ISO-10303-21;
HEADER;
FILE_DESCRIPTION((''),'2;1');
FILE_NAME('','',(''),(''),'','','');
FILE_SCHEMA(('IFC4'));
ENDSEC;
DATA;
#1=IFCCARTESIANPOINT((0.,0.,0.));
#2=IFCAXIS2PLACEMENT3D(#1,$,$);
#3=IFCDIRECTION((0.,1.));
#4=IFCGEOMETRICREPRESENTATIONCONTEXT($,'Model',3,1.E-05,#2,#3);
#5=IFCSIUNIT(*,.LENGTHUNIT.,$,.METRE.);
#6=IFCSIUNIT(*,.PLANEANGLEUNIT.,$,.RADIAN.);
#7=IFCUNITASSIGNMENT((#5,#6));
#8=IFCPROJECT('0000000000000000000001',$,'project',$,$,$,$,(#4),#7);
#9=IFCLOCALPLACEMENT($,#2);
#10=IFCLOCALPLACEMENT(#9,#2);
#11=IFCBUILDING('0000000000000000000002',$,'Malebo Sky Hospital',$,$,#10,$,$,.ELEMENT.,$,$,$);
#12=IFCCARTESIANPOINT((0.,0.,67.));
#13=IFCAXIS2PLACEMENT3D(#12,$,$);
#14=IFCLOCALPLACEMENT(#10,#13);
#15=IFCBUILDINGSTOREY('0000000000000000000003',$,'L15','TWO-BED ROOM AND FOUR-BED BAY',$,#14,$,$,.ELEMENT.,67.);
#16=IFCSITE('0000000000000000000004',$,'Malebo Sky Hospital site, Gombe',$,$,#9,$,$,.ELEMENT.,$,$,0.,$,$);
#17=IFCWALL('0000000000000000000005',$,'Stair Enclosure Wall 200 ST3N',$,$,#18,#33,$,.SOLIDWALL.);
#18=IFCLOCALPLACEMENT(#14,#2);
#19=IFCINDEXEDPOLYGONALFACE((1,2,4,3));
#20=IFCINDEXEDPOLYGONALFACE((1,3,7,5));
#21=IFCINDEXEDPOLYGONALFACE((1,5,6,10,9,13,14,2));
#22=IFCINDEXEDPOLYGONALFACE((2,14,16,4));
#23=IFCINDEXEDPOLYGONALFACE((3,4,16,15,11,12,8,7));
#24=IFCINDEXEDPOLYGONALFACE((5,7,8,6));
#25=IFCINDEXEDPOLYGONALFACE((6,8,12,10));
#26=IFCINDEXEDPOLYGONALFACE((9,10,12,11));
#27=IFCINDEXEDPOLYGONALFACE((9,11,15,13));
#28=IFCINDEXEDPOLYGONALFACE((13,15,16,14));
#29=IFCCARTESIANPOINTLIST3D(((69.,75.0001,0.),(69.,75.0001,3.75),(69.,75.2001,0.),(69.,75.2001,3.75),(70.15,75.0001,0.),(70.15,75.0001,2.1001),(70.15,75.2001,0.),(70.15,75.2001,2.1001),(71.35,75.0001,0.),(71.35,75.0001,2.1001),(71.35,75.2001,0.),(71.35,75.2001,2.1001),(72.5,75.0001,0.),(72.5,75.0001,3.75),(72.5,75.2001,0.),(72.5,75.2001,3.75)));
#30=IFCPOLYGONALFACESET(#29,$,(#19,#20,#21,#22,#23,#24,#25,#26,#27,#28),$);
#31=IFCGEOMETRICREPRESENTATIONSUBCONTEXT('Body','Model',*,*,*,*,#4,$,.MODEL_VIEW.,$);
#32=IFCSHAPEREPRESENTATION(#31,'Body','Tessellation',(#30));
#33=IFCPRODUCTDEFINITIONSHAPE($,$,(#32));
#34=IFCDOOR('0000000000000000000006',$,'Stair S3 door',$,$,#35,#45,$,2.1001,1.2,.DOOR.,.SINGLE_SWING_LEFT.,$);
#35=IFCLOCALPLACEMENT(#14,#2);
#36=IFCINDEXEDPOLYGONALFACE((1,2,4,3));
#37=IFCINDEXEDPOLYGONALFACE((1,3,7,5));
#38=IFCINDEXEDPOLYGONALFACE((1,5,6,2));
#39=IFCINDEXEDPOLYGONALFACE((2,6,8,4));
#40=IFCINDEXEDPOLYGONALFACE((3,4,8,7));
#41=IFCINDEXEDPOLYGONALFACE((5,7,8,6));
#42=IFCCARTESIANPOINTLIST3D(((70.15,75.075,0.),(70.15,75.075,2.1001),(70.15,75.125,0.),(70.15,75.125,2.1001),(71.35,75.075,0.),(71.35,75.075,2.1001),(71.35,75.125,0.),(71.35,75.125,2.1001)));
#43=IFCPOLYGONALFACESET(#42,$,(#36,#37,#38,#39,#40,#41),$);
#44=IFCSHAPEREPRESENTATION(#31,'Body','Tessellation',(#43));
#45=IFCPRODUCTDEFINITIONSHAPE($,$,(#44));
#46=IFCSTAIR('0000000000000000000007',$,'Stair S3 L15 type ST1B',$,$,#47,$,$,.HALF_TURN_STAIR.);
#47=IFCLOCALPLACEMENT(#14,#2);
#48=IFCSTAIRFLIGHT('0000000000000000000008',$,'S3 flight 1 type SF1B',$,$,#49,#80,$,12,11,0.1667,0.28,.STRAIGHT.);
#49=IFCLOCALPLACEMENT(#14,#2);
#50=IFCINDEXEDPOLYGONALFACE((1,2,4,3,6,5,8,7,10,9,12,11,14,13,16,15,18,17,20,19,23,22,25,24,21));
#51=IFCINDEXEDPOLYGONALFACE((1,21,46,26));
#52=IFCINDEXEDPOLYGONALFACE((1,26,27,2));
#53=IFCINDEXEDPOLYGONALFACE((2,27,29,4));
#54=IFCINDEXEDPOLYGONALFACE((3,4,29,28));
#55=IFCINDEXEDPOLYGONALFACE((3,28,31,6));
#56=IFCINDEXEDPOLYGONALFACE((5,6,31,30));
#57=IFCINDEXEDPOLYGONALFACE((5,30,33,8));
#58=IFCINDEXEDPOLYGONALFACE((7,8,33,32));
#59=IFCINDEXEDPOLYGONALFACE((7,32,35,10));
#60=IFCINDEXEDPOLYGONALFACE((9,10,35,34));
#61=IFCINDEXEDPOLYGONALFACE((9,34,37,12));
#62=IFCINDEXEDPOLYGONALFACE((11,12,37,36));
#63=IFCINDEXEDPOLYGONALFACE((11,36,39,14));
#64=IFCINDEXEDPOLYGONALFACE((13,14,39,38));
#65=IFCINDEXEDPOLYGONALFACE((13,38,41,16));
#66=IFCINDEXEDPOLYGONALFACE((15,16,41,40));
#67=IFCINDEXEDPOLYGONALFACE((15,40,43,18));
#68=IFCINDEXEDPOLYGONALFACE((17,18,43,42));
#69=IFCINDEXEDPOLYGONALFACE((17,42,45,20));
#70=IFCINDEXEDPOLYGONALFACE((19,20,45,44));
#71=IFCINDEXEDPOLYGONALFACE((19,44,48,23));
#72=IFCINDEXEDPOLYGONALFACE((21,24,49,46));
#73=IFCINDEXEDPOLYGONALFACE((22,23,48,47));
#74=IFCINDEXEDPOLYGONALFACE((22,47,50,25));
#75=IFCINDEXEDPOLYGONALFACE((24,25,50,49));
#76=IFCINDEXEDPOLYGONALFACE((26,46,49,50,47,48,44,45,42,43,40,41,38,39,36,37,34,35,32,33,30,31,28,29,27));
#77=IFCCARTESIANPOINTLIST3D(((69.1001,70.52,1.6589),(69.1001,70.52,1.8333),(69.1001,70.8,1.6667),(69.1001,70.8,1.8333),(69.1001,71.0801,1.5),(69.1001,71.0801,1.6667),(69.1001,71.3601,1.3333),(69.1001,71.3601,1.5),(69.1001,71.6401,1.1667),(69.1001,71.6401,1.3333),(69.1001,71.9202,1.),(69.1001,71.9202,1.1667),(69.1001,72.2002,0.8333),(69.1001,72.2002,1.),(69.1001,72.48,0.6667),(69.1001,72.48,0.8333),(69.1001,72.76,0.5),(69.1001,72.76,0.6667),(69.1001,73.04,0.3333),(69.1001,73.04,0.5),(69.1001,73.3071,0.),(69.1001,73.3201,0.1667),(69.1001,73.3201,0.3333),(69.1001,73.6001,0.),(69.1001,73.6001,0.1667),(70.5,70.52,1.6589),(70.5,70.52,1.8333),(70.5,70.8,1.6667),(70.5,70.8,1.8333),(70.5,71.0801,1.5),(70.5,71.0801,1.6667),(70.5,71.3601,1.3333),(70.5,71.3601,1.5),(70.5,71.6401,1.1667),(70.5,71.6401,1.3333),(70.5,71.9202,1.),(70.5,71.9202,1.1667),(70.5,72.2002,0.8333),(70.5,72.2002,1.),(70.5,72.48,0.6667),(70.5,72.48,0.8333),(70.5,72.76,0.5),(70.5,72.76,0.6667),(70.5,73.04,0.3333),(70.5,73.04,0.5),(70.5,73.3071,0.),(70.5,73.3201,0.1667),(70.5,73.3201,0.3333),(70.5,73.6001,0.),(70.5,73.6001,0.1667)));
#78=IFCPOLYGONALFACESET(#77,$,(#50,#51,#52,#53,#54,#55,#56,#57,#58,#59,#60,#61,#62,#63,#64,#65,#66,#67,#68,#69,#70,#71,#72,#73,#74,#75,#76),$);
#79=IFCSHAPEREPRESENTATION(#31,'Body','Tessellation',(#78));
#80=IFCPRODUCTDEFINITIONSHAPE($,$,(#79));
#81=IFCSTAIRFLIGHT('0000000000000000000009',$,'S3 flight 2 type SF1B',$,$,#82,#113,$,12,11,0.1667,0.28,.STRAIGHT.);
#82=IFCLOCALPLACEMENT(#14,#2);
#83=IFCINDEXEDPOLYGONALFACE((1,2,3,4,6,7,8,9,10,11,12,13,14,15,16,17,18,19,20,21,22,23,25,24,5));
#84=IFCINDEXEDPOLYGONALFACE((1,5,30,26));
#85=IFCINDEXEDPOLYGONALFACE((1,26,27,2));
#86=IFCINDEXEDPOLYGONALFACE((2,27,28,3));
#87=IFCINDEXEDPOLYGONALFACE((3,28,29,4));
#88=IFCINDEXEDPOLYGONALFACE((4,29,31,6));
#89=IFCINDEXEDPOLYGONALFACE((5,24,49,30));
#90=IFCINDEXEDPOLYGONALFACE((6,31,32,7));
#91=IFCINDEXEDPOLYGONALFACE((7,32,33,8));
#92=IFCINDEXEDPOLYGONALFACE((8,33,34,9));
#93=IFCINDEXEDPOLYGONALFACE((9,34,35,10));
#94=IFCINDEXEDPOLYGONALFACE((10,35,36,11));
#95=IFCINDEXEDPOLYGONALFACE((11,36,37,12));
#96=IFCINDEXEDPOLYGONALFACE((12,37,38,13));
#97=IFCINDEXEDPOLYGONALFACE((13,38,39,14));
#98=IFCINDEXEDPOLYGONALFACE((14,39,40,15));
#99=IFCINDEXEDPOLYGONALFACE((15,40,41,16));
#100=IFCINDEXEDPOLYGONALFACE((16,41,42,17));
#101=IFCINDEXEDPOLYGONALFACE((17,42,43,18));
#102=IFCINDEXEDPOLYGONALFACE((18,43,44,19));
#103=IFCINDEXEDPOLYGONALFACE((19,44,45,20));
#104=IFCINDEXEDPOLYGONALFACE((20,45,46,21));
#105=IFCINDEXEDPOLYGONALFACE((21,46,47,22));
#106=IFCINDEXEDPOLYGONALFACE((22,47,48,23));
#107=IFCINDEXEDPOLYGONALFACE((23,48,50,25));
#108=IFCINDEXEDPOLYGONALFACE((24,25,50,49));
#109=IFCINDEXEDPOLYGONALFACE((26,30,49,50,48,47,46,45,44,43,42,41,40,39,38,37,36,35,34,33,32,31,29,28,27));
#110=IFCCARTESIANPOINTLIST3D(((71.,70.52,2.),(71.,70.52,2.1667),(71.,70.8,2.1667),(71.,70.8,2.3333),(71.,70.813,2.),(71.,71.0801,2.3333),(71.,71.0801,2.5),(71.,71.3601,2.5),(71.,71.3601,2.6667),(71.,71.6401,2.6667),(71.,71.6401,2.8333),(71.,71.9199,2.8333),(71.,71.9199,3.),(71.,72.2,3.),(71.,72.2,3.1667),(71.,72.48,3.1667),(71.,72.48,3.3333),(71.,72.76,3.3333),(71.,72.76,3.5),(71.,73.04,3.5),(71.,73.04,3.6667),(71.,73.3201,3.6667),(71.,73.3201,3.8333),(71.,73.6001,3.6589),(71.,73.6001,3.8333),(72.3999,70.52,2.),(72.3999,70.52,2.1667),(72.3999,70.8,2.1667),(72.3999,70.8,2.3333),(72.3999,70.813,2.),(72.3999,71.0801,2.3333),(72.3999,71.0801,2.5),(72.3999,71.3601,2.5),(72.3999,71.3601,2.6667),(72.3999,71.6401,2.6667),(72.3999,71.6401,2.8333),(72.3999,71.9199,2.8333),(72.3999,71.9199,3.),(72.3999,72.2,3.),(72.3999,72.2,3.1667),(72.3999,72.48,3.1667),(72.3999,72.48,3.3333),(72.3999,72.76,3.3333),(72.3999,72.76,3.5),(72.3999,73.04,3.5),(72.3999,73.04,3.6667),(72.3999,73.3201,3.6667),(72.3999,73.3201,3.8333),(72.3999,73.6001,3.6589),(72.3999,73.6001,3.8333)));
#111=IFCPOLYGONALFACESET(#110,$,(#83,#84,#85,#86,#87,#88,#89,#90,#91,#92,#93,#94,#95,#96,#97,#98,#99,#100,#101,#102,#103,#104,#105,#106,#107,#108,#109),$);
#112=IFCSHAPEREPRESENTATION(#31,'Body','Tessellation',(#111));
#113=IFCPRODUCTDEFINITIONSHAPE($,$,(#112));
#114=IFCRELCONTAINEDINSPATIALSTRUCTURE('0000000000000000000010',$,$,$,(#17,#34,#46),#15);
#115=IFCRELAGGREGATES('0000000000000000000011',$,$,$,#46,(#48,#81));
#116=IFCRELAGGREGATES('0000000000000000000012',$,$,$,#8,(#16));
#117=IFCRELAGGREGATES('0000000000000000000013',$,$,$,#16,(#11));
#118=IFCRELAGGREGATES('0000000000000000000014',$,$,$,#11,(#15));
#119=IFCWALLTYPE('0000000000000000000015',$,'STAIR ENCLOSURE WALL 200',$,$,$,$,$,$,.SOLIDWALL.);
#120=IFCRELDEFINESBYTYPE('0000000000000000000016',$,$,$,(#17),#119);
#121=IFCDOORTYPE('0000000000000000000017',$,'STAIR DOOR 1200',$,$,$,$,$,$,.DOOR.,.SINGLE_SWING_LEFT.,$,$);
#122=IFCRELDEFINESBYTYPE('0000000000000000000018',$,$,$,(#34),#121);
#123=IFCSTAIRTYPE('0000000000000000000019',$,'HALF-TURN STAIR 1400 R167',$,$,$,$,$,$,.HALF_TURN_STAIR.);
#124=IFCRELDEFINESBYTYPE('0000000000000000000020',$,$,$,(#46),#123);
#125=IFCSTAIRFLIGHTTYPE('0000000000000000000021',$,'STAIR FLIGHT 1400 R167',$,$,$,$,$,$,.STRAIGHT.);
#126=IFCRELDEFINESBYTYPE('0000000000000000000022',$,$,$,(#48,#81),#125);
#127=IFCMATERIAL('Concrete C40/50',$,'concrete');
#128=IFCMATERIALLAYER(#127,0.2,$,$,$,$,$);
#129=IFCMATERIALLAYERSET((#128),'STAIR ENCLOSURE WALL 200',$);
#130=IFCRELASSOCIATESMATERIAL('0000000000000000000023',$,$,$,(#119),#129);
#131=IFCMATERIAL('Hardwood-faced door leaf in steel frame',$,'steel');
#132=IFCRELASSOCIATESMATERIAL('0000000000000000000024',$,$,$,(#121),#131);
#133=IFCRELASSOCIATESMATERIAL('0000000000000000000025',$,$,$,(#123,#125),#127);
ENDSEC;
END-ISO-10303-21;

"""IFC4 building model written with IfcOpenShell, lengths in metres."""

from ifc_helpers import new_model, si_unit, direction, frame, frame_2d, origin, place, context, subcontext, project, spatial, polyline, rectangle, outline, extrude, material, layer, layer_set, type_object, element, fill, aggregate, save


model = new_model("IFC4")

# Units and contexts
model_context = context("Model", 3, precision=1e-05, world=origin(), true_north=direction((0.0, 1.0)))
body_context = subcontext(model_context, "Body", "Model", "MODEL_VIEW")
ifc_project = project(units=[si_unit("LENGTHUNIT", "METRE"), si_unit("PLANEANGLEUNIT", "RADIAN")], contexts=[model_context])

# Site, building, storey
site_placement = place(None, origin())
site = spatial("IfcSite", under=ifc_project, at=site_placement, Name="Malebo Sky Hospital site, Gombe", CompositionType="ELEMENT", RefElevation=0.0)
building_placement = place(site_placement, origin())
building = spatial("IfcBuilding", under=site, at=building_placement, Name="Malebo Sky Hospital", CompositionType="ELEMENT")
storey_placement = place(building_placement, frame((0.0, 0.0, 67.0)))
storey = spatial("IfcBuildingStorey", under=building, at=storey_placement, Name="L15", Description="TWO-BED ROOM AND FOUR-BED BAY", CompositionType="ELEMENT", Elevation=67.0)

# Shared definitions
ifc_material_1 = material(Name="Hardwood-faced door leaf in steel frame", Category="steel")

# Shared definitions
ifc_material_2 = material(Name="Concrete C40/50", Category="concrete")
ifc_layer_1 = layer(ifc_material_2, 0.2)
ifc_layer_set_1 = layer_set([ifc_layer_1], Name="STAIR ENCLOSURE WALL 200")
wall_type_1 = type_object("IfcWallType", Name="STAIR ENCLOSURE WALL 200", PredefinedType="SOLIDWALL", material=ifc_layer_set_1)

# Wall, opening, door
wall_1_placement = place(storey_placement, frame((69.0, 75.1001, 0.0), z_axis=(0.0, 0.0, 1.0), x_axis=(1.0, 0.0, 0.0)))
wall_1 = element("IfcWall", 1, at=wall_1_placement, inside=storey, type_object=wall_type_1, Name="Stair Enclosure Wall 200 ST3N", PredefinedType="SOLIDWALL", context=body_context, shape_type="SweptSolid", body=[
    extrude(rectangle(XDim=3.5, YDim=0.2, at=frame_2d((1.75, 0.0))), origin(), (0.0, 0.0, 1.0), 3.75),
])
opening_1_placement = place(wall_1_placement, frame((1.1499, 0.0, 0.0)))
opening_1 = element("IfcOpeningElement", 2, at=opening_1_placement, cuts=wall_1, PredefinedType="OPENING", context=body_context, shape_type="SweptSolid", body=[
    extrude(rectangle(XDim=1.2, YDim=2.1001, at=frame_2d((0.6001, 1.05))), frame((0.0, 0.1099, 0.0), z_axis=(0.0, -1.0, 0.0), x_axis=(1.0, 0.0, 0.0)), (0.0, 0.0, 1.0), 0.22),
])
door_type_1 = type_object("IfcDoorType", Name="STAIR DOOR 1200", OperationType="SINGLE_SWING_LEFT", PredefinedType="DOOR", material=ifc_material_1)
door_1_placement = place(opening_1_placement, origin())
door_1 = element("IfcDoor", 3, at=door_1_placement, inside=storey, type_object=door_type_1, Name="Stair S3 door", OperationType="SINGLE_SWING_LEFT", OverallHeight=2.1001, OverallWidth=1.2, PredefinedType="DOOR", context=body_context, shape_type="SweptSolid", body=[
    extrude(rectangle(XDim=1.2, YDim=2.1001, at=frame_2d((0.6001, 1.05))), frame((0.0, 0.0249, 0.0), z_axis=(0.0, -1.0, 0.0), x_axis=(1.0, 0.0, 0.0)), (0.0, 0.0, 1.0), 0.05),
])
fill(opening_1, door_1)

# Stair, stair flights
stair_type = type_object("IfcStairType", Name="HALF-TURN STAIR 1400 R167", PredefinedType="HALF_TURN_STAIR", material=ifc_material_2)
stair_placement = place(storey_placement, origin())
stair = element("IfcStair", 4, at=stair_placement, inside=storey, type_object=stair_type, Name="Stair S3 L15 type ST1B", PredefinedType="HALF_TURN_STAIR")
stair_flight_type = type_object("IfcStairFlightType", Name="STAIR FLIGHT 1400 R167", PredefinedType="STRAIGHT", material=ifc_material_2)
stair_flight_1_placement = place(storey_placement, frame((69.8, 73.6001, 0.0), z_axis=(0.0, 0.0, 1.0), x_axis=(0.0, -1.0, 0.0)))
stair_flight_1 = element("IfcStairFlight", 5, at=stair_flight_1_placement, type_object=stair_flight_type, Name="S3 flight 1 type SF1B", NumberOfRisers=12, NumberOfTreads=11, PredefinedType="STRAIGHT", RiserHeight=0.1667, TreadLength=0.28, context=body_context, shape_type="SweptSolid", body=[
    extrude(outline(polyline([(0.0, 0.0), (0.0, 0.1667), (0.28, 0.1667), (0.28, 0.3333), (0.5601, 0.3333), (0.5601, 0.5), (0.8401, 0.5), (0.8401, 0.6667), (1.1201, 0.6667), (1.1201, 0.8333), (1.3999, 0.8333), (1.3999, 1.0), (1.6799, 1.0), (1.6799, 1.1667), (1.96, 1.1667), (1.96, 1.3333), (2.24, 1.3333), (2.24, 1.5), (2.52, 1.5), (2.52, 1.6667), (2.8, 1.6667), (2.8, 1.8333), (3.0801, 1.8333), (3.0801, 2.0), (3.0801, 1.6589), (0.293, 0.0), (0.0, 0.0)])), frame((0.0, 0.7, 0.0), z_axis=(0.0, -1.0, 0.0), x_axis=(1.0, 0.0, 0.0)), (0.0, 0.0, 1.0), 1.3999),
])
stair_flight_2_placement = place(storey_placement, frame((71.7, 70.52, 2.0), z_axis=(0.0, 0.0, 1.0), x_axis=(0.0, 1.0, 0.0)))
stair_flight_2 = element("IfcStairFlight", 6, at=stair_flight_2_placement, type_object=stair_flight_type, Name="S3 flight 2 type SF1B", NumberOfRisers=12, NumberOfTreads=11, PredefinedType="STRAIGHT", RiserHeight=0.1667, TreadLength=0.28, context=body_context, shape_type="SweptSolid", body=[
    extrude(outline(polyline([(0.0, 0.0), (0.0, 0.1667), (0.28, 0.1667), (0.28, 0.3333), (0.5601, 0.3333), (0.5601, 0.5), (0.8401, 0.5), (0.8401, 0.6667), (1.1201, 0.6667), (1.1201, 0.8333), (1.3999, 0.8333), (1.3999, 1.0), (1.6799, 1.0), (1.6799, 1.1667), (1.96, 1.1667), (1.96, 1.3333), (2.24, 1.3333), (2.24, 1.5), (2.52, 1.5), (2.52, 1.6667), (2.8, 1.6667), (2.8, 1.8333), (3.0801, 1.8333), (3.0801, 2.0), (3.0801, 1.6589), (0.293, 0.0), (0.0, 0.0)])), frame((0.0, 0.7, 0.0), z_axis=(0.0, -1.0, 0.0), x_axis=(1.0, 0.0, 0.0)), (0.0, 0.0, 1.0), 1.3999),
])
aggregate(stair, [stair_flight_1, stair_flight_2])

save(model, "model.ifc")
